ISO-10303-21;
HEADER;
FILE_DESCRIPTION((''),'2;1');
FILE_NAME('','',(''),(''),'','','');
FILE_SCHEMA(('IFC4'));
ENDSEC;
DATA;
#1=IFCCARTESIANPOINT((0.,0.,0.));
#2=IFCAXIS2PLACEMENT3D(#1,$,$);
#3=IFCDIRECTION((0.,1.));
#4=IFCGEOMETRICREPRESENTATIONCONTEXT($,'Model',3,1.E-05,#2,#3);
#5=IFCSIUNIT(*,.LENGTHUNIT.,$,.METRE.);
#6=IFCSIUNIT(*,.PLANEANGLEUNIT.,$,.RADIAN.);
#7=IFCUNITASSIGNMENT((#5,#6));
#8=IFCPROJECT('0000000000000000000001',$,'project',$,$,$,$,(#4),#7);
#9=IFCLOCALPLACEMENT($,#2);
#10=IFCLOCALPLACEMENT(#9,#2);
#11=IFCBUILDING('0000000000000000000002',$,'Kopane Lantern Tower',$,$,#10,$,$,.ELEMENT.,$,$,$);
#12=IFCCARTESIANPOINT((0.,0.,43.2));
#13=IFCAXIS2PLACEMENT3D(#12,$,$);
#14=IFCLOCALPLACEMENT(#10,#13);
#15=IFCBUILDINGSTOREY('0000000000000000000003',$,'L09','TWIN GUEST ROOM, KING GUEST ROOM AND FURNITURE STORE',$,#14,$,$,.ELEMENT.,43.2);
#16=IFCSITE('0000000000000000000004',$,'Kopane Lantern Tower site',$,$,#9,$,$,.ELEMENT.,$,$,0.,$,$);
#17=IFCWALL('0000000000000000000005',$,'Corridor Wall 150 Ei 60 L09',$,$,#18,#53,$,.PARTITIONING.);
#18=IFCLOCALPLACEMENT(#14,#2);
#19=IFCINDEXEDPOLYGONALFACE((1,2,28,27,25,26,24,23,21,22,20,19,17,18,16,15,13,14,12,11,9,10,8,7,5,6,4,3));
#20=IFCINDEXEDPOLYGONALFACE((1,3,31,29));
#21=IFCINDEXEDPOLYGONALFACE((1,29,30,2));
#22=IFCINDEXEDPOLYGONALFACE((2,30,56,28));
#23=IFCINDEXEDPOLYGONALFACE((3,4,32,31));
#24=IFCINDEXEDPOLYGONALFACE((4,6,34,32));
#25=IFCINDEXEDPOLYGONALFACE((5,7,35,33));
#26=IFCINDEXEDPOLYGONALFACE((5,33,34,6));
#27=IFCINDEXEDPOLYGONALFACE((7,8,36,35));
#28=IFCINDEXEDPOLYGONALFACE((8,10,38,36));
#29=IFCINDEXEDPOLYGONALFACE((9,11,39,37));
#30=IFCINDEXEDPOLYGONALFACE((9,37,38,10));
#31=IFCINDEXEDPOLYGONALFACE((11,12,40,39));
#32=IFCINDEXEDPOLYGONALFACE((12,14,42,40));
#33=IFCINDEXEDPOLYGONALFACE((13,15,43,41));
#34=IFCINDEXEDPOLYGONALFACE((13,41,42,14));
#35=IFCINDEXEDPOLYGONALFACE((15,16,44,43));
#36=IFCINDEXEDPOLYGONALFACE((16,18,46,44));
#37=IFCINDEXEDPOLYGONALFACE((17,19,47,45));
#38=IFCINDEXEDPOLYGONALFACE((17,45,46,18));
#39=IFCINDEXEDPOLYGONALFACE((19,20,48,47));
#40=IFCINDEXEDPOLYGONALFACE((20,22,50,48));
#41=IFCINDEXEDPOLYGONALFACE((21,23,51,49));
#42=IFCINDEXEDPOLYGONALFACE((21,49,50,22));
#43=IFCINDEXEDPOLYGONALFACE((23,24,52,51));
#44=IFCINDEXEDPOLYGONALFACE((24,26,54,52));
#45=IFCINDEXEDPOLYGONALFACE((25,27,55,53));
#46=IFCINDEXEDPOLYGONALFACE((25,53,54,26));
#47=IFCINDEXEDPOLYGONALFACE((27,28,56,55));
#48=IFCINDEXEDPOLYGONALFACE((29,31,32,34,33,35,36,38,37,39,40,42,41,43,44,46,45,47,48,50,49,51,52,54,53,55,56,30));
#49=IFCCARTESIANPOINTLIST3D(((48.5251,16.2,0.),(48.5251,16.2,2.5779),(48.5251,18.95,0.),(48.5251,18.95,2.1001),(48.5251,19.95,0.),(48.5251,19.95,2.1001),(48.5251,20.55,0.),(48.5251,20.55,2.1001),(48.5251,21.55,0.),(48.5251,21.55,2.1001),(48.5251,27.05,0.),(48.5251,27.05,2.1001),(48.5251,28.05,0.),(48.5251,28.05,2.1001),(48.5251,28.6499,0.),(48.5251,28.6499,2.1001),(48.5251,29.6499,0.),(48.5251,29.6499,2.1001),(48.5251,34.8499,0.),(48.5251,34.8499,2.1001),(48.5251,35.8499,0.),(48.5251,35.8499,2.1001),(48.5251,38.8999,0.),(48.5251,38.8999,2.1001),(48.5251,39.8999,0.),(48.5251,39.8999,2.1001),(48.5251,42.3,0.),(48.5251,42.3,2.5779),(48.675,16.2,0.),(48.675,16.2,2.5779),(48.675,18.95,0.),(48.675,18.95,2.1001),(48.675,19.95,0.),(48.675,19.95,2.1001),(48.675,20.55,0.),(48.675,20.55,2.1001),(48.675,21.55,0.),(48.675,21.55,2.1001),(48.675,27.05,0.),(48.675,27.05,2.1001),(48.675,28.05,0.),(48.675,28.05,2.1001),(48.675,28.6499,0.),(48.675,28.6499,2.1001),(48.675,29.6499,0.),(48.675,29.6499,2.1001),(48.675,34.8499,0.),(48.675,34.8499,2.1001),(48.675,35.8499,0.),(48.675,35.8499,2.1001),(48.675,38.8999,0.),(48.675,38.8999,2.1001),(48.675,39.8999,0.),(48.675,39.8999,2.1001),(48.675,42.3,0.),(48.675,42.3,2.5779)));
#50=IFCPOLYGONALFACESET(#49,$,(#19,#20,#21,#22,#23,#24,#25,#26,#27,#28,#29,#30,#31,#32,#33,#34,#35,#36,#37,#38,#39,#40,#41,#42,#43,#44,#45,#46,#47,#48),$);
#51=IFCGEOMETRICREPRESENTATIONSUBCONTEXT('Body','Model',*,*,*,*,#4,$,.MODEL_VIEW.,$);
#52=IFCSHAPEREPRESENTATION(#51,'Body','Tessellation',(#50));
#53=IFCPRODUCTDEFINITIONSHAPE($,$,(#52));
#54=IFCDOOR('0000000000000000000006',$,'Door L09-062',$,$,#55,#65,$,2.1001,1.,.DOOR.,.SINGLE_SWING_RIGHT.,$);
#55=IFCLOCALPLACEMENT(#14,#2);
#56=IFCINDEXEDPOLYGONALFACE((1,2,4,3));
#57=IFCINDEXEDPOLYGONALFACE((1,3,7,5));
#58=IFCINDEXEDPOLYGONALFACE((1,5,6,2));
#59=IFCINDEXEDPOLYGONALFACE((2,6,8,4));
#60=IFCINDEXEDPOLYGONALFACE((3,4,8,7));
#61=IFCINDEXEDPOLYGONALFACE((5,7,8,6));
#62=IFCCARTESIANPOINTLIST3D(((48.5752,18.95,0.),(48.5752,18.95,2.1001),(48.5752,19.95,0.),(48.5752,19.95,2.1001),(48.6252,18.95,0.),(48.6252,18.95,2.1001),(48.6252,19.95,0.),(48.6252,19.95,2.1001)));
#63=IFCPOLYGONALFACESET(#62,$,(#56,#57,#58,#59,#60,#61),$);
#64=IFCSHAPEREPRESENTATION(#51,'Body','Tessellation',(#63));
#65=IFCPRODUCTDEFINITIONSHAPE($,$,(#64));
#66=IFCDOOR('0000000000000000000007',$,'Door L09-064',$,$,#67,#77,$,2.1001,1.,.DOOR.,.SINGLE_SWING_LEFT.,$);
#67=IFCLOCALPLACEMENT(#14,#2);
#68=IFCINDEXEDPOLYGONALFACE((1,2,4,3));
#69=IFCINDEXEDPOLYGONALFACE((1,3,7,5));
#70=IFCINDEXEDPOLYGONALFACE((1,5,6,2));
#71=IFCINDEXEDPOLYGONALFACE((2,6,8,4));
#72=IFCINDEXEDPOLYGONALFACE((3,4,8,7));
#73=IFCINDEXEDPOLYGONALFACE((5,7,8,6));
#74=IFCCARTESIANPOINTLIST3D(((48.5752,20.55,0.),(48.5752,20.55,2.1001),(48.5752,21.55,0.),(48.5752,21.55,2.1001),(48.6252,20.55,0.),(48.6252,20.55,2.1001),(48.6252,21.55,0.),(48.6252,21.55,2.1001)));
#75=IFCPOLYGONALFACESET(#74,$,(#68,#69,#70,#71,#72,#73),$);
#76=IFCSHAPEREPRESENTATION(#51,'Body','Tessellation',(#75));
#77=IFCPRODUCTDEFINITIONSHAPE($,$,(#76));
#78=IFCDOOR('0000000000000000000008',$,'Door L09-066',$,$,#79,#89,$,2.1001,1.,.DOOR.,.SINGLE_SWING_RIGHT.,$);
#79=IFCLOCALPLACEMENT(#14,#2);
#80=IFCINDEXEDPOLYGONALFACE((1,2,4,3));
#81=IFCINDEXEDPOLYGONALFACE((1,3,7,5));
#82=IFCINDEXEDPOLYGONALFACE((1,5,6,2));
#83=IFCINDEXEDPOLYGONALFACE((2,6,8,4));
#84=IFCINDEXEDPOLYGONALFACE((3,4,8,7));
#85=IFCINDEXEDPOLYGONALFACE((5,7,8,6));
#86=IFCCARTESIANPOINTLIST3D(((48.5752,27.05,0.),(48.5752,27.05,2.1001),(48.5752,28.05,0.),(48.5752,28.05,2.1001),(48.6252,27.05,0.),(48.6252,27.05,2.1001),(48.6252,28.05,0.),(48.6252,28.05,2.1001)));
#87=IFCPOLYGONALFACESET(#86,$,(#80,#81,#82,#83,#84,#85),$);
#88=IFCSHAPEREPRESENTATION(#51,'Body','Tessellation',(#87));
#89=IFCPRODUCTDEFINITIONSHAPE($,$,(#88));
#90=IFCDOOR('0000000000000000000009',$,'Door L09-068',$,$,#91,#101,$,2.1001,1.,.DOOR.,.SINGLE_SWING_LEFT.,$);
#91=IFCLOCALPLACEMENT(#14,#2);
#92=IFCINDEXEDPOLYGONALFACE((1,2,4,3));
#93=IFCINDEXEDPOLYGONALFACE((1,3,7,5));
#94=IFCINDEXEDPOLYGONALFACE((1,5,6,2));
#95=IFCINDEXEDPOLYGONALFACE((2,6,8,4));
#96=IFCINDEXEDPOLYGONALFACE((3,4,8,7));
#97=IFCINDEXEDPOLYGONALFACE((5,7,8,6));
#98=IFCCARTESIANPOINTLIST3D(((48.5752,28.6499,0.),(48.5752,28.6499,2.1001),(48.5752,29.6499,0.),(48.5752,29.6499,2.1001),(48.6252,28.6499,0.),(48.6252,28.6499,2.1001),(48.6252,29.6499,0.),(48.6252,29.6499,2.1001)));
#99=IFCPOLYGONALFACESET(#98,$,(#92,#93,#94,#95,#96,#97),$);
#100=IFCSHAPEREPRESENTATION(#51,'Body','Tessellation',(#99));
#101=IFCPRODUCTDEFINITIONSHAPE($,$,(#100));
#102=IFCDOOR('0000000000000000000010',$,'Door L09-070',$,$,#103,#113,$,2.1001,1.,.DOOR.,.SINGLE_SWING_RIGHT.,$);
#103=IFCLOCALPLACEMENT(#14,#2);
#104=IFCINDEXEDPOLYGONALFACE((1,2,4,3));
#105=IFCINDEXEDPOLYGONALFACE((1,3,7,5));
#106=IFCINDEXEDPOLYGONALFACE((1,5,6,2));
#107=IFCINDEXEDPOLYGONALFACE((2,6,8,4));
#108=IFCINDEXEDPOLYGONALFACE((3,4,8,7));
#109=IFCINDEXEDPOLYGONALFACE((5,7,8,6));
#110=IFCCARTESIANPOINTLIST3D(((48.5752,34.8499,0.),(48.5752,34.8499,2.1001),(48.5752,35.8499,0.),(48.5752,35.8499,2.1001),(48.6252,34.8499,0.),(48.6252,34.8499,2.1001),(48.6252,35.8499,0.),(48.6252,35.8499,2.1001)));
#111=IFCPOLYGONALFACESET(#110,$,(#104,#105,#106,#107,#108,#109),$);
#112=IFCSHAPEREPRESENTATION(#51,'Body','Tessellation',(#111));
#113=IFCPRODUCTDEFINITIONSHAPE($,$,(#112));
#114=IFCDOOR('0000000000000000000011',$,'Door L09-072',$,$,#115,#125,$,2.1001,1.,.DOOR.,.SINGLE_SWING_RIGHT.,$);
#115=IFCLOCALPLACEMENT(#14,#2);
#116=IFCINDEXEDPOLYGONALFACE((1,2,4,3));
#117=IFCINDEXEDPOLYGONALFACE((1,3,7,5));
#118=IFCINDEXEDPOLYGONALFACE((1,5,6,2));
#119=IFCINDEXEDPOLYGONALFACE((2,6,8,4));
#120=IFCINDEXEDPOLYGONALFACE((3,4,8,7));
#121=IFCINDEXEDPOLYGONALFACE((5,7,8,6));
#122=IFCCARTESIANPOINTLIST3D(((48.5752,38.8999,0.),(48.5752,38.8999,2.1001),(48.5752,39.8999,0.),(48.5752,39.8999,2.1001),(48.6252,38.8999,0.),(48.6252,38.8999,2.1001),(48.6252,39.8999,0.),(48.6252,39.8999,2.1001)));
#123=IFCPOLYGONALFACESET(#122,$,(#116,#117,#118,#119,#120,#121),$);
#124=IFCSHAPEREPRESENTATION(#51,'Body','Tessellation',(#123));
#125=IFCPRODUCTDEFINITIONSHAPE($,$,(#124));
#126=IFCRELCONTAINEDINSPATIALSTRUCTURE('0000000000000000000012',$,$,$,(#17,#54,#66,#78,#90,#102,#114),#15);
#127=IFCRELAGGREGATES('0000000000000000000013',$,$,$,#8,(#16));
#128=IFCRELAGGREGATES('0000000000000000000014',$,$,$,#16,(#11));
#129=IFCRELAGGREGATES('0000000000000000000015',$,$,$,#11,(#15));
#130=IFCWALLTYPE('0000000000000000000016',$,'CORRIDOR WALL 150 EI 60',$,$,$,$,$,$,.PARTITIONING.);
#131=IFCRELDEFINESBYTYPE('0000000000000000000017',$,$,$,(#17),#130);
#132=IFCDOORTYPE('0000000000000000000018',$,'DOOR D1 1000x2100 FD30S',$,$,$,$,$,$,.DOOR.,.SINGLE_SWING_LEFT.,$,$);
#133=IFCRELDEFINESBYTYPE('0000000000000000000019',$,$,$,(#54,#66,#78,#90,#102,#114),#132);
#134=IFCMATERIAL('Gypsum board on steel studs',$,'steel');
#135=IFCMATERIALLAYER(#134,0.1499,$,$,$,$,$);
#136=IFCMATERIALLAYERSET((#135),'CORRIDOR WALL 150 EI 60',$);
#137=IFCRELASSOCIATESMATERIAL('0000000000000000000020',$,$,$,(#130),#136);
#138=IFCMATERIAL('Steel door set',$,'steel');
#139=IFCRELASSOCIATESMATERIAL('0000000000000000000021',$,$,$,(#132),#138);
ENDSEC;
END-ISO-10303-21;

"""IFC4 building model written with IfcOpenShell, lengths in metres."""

from ifc_helpers import new_model, si_unit, direction, frame, frame_2d, origin, place, context, subcontext, project, spatial, rectangle, extrude, material, layer, layer_set, type_object, element, fill, save


model = new_model("IFC4")

# Units and contexts
model_context = context("Model", 3, precision=1e-05, world=origin(), true_north=direction((0.0, 1.0)))
body_context = subcontext(model_context, "Body", "Model", "MODEL_VIEW")
ifc_project = project(units=[si_unit("LENGTHUNIT", "METRE"), si_unit("PLANEANGLEUNIT", "RADIAN")], contexts=[model_context])

# Site, building, storey
site_placement = place(None, origin())
site = spatial("IfcSite", under=ifc_project, at=site_placement, Name="Kopane Lantern Tower site", CompositionType="ELEMENT", RefElevation=0.0)
building_placement = place(site_placement, origin())
building = spatial("IfcBuilding", under=site, at=building_placement, Name="Kopane Lantern Tower", CompositionType="ELEMENT")
storey_placement = place(building_placement, frame((0.0, 0.0, 43.2)))
storey = spatial("IfcBuildingStorey", under=building, at=storey_placement, Name="L09", Description="TWIN GUEST ROOM, KING GUEST ROOM AND FURNITURE STORE", CompositionType="ELEMENT", Elevation=43.2)

# Wall, openings, doors
ifc_material_1 = material(Name="Gypsum board on steel studs", Category="steel")
ifc_layer_1 = layer(ifc_material_1, 0.1499)
ifc_layer_set_1 = layer_set([ifc_layer_1], Name="CORRIDOR WALL 150 EI 60")
wall_type_1 = type_object("IfcWallType", Name="CORRIDOR WALL 150 EI 60", PredefinedType="PARTITIONING", material=ifc_layer_set_1)
wall_1_placement = place(storey_placement, frame((48.6001, 16.2, 0.0), z_axis=(0.0, 0.0, 1.0), x_axis=(0.0, 1.0, 0.0)))
wall_1 = element("IfcWall", 1, at=wall_1_placement, inside=storey, type_object=wall_type_1, Name="Corridor Wall 150 Ei 60 L09", PredefinedType="PARTITIONING", context=body_context, shape_type="SweptSolid", body=[
    extrude(rectangle(XDim=26.1001, YDim=0.1499, at=frame_2d((13.05, 0.0))), origin(), (0.0, 0.0, 1.0), 2.5779),
])
opening_1_placement = place(wall_1_placement, frame((2.75, 0.0, 0.0)))
opening_1 = element("IfcOpeningElement", 2, at=opening_1_placement, cuts=wall_1, PredefinedType="OPENING", context=body_context, shape_type="SweptSolid", body=[
    extrude(rectangle(XDim=1.0, YDim=2.1001, at=frame_2d((0.5, 1.05))), frame((0.0, 0.085, 0.0), z_axis=(0.0, -1.0, 0.0), x_axis=(1.0, 0.0, 0.0)), (0.0, 0.0, 1.0), 0.1699),
])
opening_2_placement = place(wall_1_placement, frame((4.3501, 0.0, 0.0)))
opening_2 = element("IfcOpeningElement", 3, at=opening_2_placement, cuts=wall_1, PredefinedType="OPENING", context=body_context, shape_type="SweptSolid", body=[
    extrude(rectangle(XDim=1.0, YDim=2.1001, at=frame_2d((0.5, 1.05))), frame((0.0, 0.085, 0.0), z_axis=(0.0, -1.0, 0.0), x_axis=(1.0, 0.0, 0.0)), (0.0, 0.0, 1.0), 0.1699),
])
opening_3_placement = place(wall_1_placement, frame((10.8501, 0.0, 0.0)))
opening_3 = element("IfcOpeningElement", 4, at=opening_3_placement, cuts=wall_1, PredefinedType="OPENING", context=body_context, shape_type="SweptSolid", body=[
    extrude(rectangle(XDim=1.0, YDim=2.1001, at=frame_2d((0.5, 1.05))), frame((0.0, 0.085, 0.0), z_axis=(0.0, -1.0, 0.0), x_axis=(1.0, 0.0, 0.0)), (0.0, 0.0, 1.0), 0.1699),
])
opening_4_placement = place(wall_1_placement, frame((12.45, 0.0, 0.0)))
opening_4 = element("IfcOpeningElement", 5, at=opening_4_placement, cuts=wall_1, PredefinedType="OPENING", context=body_context, shape_type="SweptSolid", body=[
    extrude(rectangle(XDim=1.0, YDim=2.1001, at=frame_2d((0.5, 1.05))), frame((0.0, 0.085, 0.0), z_axis=(0.0, -1.0, 0.0), x_axis=(1.0, 0.0, 0.0)), (0.0, 0.0, 1.0), 0.1699),
])
opening_5_placement = place(wall_1_placement, frame((18.6499, 0.0, 0.0)))
opening_5 = element("IfcOpeningElement", 6, at=opening_5_placement, cuts=wall_1, PredefinedType="OPENING", context=body_context, shape_type="SweptSolid", body=[
    extrude(rectangle(XDim=1.0, YDim=2.1001, at=frame_2d((0.5, 1.05))), frame((0.0, 0.085, 0.0), z_axis=(0.0, -1.0, 0.0), x_axis=(1.0, 0.0, 0.0)), (0.0, 0.0, 1.0), 0.1699),
])
opening_6_placement = place(wall_1_placement, frame((22.7, 0.0, 0.0)))
opening_6 = element("IfcOpeningElement", 7, at=opening_6_placement, cuts=wall_1, PredefinedType="OPENING", context=body_context, shape_type="SweptSolid", body=[
    extrude(rectangle(XDim=1.0, YDim=2.1001, at=frame_2d((0.5, 1.05))), frame((0.0, 0.085, 0.0), z_axis=(0.0, -1.0, 0.0), x_axis=(1.0, 0.0, 0.0)), (0.0, 0.0, 1.0), 0.1699),
])
ifc_material_2 = material(Name="Steel door set", Category="steel")
door_type_1 = type_object("IfcDoorType", Name="DOOR D1 1000x2100 FD30S", OperationType="SINGLE_SWING_LEFT", PredefinedType="DOOR", material=ifc_material_2)
door_1_placement = place(opening_1_placement, origin())
door_1 = element("IfcDoor", 8, at=door_1_placement, inside=storey, type_object=door_type_1, Name="Door L09-062", OperationType="SINGLE_SWING_RIGHT", OverallHeight=2.1001, OverallWidth=1.0, PredefinedType="DOOR", context=body_context, shape_type="SweptSolid", body=[
    extrude(rectangle(XDim=1.0, YDim=2.1001, at=frame_2d((0.5, 1.05))), frame((0.0, 0.0249, 0.0), z_axis=(0.0, -1.0, 0.0), x_axis=(1.0, 0.0, 0.0)), (0.0, 0.0, 1.0), 0.05),
])
fill(opening_1, door_1)
door_2_placement = place(opening_2_placement, origin())
door_2 = element("IfcDoor", 9, at=door_2_placement, inside=storey, type_object=door_type_1, Name="Door L09-064", OperationType="SINGLE_SWING_LEFT", OverallHeight=2.1001, OverallWidth=1.0, PredefinedType="DOOR", context=body_context, shape_type="SweptSolid", body=[
    extrude(rectangle(XDim=1.0, YDim=2.1001, at=frame_2d((0.5, 1.05))), frame((0.0, 0.0249, 0.0), z_axis=(0.0, -1.0, 0.0), x_axis=(1.0, 0.0, 0.0)), (0.0, 0.0, 1.0), 0.05),
])
fill(opening_2, door_2)
door_3_placement = place(opening_3_placement, origin())
door_3 = element("IfcDoor", 10, at=door_3_placement, inside=storey, type_object=door_type_1, Name="Door L09-066", OperationType="SINGLE_SWING_RIGHT", OverallHeight=2.1001, OverallWidth=1.0, PredefinedType="DOOR", context=body_context, shape_type="SweptSolid", body=[
    extrude(rectangle(XDim=1.0, YDim=2.1001, at=frame_2d((0.5, 1.05))), frame((0.0, 0.0249, 0.0), z_axis=(0.0, -1.0, 0.0), x_axis=(1.0, 0.0, 0.0)), (0.0, 0.0, 1.0), 0.05),
])
fill(opening_3, door_3)
door_4_placement = place(opening_4_placement, origin())
door_4 = element("IfcDoor", 11, at=door_4_placement, inside=storey, type_object=door_type_1, Name="Door L09-068", OperationType="SINGLE_SWING_LEFT", OverallHeight=2.1001, OverallWidth=1.0, PredefinedType="DOOR", context=body_context, shape_type="SweptSolid", body=[
    extrude(rectangle(XDim=1.0, YDim=2.1001, at=frame_2d((0.5, 1.05))), frame((0.0, 0.0249, 0.0), z_axis=(0.0, -1.0, 0.0), x_axis=(1.0, 0.0, 0.0)), (0.0, 0.0, 1.0), 0.05),
])
fill(opening_4, door_4)
door_5_placement = place(opening_5_placement, origin())
door_5 = element("IfcDoor", 12, at=door_5_placement, inside=storey, type_object=door_type_1, Name="Door L09-070", OperationType="SINGLE_SWING_RIGHT", OverallHeight=2.1001, OverallWidth=1.0, PredefinedType="DOOR", context=body_context, shape_type="SweptSolid", body=[
    extrude(rectangle(XDim=1.0, YDim=2.1001, at=frame_2d((0.5, 1.05))), frame((0.0, 0.0249, 0.0), z_axis=(0.0, -1.0, 0.0), x_axis=(1.0, 0.0, 0.0)), (0.0, 0.0, 1.0), 0.05),
])
fill(opening_5, door_5)
door_6_placement = place(opening_6_placement, origin())
door_6 = element("IfcDoor", 13, at=door_6_placement, inside=storey, type_object=door_type_1, Name="Door L09-072", OperationType="SINGLE_SWING_RIGHT", OverallHeight=2.1001, OverallWidth=1.0, PredefinedType="DOOR", context=body_context, shape_type="SweptSolid", body=[
    extrude(rectangle(XDim=1.0, YDim=2.1001, at=frame_2d((0.5, 1.05))), frame((0.0, 0.0249, 0.0), z_axis=(0.0, -1.0, 0.0), x_axis=(1.0, 0.0, 0.0)), (0.0, 0.0, 1.0), 0.05),
])
fill(opening_6, door_6)

save(model, "model.ifc")
